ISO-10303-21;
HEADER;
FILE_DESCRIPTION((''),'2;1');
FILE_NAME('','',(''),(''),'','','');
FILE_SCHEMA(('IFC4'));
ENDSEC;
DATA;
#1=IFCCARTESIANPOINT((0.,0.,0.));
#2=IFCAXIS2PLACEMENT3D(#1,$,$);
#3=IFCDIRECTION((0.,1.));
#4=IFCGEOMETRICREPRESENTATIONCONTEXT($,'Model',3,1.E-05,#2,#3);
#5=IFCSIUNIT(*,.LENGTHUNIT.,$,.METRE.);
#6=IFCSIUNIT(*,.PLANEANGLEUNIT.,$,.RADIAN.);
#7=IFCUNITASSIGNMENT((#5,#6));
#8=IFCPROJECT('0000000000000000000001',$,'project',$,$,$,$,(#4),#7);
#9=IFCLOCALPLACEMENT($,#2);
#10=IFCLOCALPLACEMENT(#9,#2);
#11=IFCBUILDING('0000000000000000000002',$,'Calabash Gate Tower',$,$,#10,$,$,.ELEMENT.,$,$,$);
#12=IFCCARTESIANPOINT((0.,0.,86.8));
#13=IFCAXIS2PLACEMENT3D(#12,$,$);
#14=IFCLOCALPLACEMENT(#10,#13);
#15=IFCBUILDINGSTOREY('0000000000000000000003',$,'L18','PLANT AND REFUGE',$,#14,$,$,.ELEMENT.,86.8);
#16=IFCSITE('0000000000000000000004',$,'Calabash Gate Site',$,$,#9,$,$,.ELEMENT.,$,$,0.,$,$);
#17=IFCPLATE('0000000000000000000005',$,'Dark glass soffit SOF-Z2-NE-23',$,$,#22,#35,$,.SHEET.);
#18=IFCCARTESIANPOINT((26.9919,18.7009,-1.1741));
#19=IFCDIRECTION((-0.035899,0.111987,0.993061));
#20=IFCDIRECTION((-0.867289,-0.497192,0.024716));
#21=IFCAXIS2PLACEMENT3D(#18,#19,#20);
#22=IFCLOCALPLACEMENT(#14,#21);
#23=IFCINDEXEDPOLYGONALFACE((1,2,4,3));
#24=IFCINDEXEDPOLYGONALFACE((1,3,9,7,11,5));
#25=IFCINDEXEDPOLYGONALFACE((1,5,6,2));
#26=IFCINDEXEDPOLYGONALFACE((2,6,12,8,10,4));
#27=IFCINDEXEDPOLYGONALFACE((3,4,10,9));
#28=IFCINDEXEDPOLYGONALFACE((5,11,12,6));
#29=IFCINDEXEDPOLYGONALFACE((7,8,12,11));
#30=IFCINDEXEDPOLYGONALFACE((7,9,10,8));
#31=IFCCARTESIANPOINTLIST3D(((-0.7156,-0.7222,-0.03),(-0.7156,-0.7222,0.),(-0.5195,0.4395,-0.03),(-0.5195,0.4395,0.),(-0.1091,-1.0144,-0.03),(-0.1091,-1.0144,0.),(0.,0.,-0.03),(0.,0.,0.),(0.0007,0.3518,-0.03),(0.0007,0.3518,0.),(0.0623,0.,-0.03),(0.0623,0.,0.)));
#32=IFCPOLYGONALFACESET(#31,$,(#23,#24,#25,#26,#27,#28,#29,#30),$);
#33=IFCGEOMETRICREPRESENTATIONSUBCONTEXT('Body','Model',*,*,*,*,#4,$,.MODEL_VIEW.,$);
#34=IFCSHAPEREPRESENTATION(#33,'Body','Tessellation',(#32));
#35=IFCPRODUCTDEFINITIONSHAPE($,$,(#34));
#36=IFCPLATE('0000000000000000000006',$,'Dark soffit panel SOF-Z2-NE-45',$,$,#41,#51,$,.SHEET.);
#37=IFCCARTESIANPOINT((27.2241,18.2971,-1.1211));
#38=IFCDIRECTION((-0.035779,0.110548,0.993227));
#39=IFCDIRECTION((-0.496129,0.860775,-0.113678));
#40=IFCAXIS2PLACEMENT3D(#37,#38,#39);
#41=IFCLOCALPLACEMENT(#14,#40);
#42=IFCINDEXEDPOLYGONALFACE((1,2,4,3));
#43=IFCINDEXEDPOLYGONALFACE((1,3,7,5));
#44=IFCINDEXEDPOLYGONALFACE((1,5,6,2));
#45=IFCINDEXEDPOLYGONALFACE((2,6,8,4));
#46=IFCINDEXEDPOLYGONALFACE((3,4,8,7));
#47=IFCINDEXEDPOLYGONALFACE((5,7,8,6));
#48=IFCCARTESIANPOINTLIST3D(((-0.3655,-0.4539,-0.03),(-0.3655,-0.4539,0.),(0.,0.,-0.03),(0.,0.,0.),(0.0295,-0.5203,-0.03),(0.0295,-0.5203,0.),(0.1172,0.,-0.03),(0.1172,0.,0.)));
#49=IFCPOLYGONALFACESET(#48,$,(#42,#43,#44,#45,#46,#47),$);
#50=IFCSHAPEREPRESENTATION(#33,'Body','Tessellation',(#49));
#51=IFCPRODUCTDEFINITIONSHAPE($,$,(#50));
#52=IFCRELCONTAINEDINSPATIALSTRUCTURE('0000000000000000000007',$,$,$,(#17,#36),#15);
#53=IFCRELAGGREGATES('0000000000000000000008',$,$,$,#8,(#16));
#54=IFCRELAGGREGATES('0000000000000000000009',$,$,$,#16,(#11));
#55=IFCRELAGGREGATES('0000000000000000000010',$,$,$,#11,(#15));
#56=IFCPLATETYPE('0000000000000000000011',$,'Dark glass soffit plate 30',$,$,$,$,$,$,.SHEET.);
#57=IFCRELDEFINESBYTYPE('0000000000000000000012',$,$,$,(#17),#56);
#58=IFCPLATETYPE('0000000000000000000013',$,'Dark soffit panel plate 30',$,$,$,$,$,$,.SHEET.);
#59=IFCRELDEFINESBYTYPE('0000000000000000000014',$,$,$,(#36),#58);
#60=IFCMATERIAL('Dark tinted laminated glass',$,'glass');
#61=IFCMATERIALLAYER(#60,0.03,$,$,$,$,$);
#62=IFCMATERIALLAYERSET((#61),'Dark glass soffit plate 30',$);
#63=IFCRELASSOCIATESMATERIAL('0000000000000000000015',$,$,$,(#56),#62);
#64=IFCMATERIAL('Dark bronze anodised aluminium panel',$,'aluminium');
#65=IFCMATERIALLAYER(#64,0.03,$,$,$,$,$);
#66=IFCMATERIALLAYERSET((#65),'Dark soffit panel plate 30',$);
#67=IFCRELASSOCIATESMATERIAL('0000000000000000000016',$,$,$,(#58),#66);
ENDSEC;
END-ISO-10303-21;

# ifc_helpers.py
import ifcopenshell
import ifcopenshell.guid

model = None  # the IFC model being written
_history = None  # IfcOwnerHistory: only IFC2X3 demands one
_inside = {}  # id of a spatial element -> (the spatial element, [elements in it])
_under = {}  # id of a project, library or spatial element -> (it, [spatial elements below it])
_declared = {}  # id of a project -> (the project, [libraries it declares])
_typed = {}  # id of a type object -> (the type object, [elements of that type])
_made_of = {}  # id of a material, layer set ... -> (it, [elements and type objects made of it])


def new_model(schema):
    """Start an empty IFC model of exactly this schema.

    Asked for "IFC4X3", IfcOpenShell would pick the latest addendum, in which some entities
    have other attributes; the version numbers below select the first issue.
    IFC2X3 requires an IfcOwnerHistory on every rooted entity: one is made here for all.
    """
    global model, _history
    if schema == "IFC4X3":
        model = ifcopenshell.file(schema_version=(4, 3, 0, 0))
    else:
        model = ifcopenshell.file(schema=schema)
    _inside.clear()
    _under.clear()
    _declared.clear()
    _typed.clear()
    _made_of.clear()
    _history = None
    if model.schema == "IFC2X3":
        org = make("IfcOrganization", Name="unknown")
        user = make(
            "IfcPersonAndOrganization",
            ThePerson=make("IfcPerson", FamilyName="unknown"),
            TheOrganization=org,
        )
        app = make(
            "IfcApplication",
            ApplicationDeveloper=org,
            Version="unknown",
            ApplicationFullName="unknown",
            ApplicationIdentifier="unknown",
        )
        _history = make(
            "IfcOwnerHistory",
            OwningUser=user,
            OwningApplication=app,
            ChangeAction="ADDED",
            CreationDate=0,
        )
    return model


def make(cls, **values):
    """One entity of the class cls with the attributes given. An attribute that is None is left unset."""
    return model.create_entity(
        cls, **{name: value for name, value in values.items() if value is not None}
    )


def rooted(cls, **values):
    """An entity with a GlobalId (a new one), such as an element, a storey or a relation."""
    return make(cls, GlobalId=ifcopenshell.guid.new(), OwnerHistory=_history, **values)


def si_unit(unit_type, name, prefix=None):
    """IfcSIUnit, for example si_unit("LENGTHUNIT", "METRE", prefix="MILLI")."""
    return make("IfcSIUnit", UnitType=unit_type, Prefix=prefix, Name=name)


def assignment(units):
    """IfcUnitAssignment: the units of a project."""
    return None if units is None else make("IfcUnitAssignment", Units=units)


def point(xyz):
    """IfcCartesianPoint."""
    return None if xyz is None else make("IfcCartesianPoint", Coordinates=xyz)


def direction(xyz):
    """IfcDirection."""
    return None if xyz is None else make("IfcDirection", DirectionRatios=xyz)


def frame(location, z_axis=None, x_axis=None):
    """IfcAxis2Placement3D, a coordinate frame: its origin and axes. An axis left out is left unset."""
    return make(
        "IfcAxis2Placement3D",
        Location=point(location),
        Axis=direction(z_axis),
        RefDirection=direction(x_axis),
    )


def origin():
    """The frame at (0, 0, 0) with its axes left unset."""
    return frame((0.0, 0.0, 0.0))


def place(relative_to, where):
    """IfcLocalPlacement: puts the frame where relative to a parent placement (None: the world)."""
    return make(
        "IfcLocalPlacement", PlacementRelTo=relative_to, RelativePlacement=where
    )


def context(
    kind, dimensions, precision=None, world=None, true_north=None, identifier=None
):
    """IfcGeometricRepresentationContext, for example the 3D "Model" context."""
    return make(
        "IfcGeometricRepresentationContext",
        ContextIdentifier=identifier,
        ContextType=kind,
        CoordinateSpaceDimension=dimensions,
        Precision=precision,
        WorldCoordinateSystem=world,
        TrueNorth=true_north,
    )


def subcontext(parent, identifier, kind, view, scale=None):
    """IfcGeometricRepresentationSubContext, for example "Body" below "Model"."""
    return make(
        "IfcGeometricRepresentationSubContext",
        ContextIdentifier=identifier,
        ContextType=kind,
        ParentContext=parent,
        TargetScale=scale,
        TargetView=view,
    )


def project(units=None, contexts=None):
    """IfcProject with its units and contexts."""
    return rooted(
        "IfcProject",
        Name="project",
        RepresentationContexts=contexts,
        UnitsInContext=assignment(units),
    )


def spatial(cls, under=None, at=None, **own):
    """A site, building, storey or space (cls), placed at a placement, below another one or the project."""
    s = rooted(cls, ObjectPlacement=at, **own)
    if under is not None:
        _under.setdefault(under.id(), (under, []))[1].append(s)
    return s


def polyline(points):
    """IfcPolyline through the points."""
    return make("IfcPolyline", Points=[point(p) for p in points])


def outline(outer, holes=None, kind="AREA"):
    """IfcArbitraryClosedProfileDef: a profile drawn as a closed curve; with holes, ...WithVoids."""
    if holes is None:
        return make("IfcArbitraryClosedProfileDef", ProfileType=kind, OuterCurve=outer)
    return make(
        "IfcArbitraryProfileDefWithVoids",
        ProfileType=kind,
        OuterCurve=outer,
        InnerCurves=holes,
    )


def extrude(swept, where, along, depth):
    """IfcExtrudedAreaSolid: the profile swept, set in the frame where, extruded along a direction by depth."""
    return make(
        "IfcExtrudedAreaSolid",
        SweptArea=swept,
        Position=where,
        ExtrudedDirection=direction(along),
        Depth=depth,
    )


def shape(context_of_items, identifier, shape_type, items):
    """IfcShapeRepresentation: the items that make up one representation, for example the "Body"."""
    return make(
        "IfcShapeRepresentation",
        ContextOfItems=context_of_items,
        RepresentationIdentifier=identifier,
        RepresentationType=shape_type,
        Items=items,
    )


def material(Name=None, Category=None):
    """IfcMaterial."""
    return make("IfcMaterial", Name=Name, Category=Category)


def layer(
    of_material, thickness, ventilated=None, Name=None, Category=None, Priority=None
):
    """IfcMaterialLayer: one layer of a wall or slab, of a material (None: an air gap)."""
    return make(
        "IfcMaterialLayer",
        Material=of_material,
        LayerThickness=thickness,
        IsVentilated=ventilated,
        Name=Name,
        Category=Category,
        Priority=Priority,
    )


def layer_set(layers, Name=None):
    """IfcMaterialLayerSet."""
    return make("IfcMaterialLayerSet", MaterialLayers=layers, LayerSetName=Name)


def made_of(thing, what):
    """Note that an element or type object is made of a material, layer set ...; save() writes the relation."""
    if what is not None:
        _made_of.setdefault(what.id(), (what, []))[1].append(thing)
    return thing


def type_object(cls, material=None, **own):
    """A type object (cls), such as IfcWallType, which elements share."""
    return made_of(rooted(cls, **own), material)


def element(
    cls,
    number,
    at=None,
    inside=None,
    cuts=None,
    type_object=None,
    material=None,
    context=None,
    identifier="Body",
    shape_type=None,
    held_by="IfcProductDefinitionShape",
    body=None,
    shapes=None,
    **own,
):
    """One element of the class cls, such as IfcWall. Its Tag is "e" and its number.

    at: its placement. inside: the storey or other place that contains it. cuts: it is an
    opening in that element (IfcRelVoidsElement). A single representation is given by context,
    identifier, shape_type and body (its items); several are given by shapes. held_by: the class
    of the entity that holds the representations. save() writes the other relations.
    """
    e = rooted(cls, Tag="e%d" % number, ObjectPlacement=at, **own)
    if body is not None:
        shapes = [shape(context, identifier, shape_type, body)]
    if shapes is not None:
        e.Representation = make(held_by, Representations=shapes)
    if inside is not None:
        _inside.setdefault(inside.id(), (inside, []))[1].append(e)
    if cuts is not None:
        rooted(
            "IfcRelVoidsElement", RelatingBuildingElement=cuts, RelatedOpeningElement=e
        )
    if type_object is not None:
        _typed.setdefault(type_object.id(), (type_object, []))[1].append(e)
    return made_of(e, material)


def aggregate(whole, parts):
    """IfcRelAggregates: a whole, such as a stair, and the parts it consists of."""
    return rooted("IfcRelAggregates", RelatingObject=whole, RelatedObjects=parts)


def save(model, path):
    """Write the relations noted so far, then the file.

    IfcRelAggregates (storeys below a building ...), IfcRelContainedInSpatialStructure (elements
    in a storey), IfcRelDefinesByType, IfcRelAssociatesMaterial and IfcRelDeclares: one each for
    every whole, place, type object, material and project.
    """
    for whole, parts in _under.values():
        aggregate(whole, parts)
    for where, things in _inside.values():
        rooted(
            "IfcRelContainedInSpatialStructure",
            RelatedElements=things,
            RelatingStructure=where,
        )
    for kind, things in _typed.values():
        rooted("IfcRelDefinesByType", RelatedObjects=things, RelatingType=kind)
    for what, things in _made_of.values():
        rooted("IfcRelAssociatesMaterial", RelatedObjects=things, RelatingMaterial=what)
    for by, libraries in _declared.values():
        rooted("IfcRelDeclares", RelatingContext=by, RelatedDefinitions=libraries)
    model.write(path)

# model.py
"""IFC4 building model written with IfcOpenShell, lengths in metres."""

from ifc_helpers import new_model, si_unit, direction, frame, origin, place, context, subcontext, project, spatial, polyline, outline, extrude, material, layer, layer_set, type_object, element, save


model = new_model("IFC4")

# Units and contexts
model_context = context("Model", 3, precision=1e-05, world=origin(), true_north=direction((0.0, 1.0)))
body_context = subcontext(model_context, "Body", "Model", "MODEL_VIEW")
ifc_project = project(units=[si_unit("LENGTHUNIT", "METRE"), si_unit("PLANEANGLEUNIT", "RADIAN")], contexts=[model_context])

# Site, building, storey
site_placement = place(None, origin())
site = spatial("IfcSite", under=ifc_project, at=site_placement, Name="Calabash Gate Site", CompositionType="ELEMENT", RefElevation=0.0)
building_placement = place(site_placement, origin())
building = spatial("IfcBuilding", under=site, at=building_placement, Name="Calabash Gate Tower", CompositionType="ELEMENT")
storey_placement = place(building_placement, frame((0.0, 0.0, 86.8)))
storey = spatial("IfcBuildingStorey", under=building, at=storey_placement, Name="L18", Description="PLANT AND REFUGE", CompositionType="ELEMENT", Elevation=86.8)

# Plates
ifc_material_1 = material(Name="Dark tinted laminated glass", Category="glass")
ifc_layer_1 = layer(ifc_material_1, 0.03)
ifc_layer_set_1 = layer_set([ifc_layer_1], Name="Dark glass soffit plate 30")
plate_type_1 = type_object("IfcPlateType", Name="Dark glass soffit plate 30", PredefinedType="SHEET", material=ifc_layer_set_1)
plate_1_placement = place(storey_placement, frame((26.9919, 18.7009, -1.1741), z_axis=(-0.035899, 0.111987, 0.993061), x_axis=(-0.867289, -0.497192, 0.024716)))
element("IfcPlate", 1, at=plate_1_placement, inside=storey, type_object=plate_type_1, Name="Dark glass soffit SOF-Z2-NE-23", PredefinedType="SHEET", context=body_context, shape_type="SweptSolid", body=[
    extrude(outline(polyline([(0.0, 0.0), (0.0623, 0.0), (-0.1091, -1.0144), (-0.7156, -0.7222), (-0.5195, 0.4395), (0.0007, 0.3518), (0.0, 0.0)])), origin(), (0.0, 0.0, -1.0), 0.03),
])
ifc_material_2 = material(Name="Dark bronze anodised aluminium panel", Category="aluminium")
ifc_layer_2 = layer(ifc_material_2, 0.03)
ifc_layer_set_2 = layer_set([ifc_layer_2], Name="Dark soffit panel plate 30")
plate_type_2 = type_object("IfcPlateType", Name="Dark soffit panel plate 30", PredefinedType="SHEET", material=ifc_layer_set_2)
plate_2_placement = place(storey_placement, frame((27.2241, 18.2971, -1.1211), z_axis=(-0.035779, 0.110548, 0.993227), x_axis=(-0.496129, 0.860775, -0.113678)))
element("IfcPlate", 2, at=plate_2_placement, inside=storey, type_object=plate_type_2, Name="Dark soffit panel SOF-Z2-NE-45", PredefinedType="SHEET", context=body_context, shape_type="SweptSolid", body=[
    extrude(outline(polyline([(0.0, 0.0), (0.1172, 0.0), (0.0295, -0.5203), (-0.3655, -0.4539), (0.0, 0.0)])), origin(), (0.0, 0.0, -1.0), 0.03),
])

save(model, "model.ifc")
